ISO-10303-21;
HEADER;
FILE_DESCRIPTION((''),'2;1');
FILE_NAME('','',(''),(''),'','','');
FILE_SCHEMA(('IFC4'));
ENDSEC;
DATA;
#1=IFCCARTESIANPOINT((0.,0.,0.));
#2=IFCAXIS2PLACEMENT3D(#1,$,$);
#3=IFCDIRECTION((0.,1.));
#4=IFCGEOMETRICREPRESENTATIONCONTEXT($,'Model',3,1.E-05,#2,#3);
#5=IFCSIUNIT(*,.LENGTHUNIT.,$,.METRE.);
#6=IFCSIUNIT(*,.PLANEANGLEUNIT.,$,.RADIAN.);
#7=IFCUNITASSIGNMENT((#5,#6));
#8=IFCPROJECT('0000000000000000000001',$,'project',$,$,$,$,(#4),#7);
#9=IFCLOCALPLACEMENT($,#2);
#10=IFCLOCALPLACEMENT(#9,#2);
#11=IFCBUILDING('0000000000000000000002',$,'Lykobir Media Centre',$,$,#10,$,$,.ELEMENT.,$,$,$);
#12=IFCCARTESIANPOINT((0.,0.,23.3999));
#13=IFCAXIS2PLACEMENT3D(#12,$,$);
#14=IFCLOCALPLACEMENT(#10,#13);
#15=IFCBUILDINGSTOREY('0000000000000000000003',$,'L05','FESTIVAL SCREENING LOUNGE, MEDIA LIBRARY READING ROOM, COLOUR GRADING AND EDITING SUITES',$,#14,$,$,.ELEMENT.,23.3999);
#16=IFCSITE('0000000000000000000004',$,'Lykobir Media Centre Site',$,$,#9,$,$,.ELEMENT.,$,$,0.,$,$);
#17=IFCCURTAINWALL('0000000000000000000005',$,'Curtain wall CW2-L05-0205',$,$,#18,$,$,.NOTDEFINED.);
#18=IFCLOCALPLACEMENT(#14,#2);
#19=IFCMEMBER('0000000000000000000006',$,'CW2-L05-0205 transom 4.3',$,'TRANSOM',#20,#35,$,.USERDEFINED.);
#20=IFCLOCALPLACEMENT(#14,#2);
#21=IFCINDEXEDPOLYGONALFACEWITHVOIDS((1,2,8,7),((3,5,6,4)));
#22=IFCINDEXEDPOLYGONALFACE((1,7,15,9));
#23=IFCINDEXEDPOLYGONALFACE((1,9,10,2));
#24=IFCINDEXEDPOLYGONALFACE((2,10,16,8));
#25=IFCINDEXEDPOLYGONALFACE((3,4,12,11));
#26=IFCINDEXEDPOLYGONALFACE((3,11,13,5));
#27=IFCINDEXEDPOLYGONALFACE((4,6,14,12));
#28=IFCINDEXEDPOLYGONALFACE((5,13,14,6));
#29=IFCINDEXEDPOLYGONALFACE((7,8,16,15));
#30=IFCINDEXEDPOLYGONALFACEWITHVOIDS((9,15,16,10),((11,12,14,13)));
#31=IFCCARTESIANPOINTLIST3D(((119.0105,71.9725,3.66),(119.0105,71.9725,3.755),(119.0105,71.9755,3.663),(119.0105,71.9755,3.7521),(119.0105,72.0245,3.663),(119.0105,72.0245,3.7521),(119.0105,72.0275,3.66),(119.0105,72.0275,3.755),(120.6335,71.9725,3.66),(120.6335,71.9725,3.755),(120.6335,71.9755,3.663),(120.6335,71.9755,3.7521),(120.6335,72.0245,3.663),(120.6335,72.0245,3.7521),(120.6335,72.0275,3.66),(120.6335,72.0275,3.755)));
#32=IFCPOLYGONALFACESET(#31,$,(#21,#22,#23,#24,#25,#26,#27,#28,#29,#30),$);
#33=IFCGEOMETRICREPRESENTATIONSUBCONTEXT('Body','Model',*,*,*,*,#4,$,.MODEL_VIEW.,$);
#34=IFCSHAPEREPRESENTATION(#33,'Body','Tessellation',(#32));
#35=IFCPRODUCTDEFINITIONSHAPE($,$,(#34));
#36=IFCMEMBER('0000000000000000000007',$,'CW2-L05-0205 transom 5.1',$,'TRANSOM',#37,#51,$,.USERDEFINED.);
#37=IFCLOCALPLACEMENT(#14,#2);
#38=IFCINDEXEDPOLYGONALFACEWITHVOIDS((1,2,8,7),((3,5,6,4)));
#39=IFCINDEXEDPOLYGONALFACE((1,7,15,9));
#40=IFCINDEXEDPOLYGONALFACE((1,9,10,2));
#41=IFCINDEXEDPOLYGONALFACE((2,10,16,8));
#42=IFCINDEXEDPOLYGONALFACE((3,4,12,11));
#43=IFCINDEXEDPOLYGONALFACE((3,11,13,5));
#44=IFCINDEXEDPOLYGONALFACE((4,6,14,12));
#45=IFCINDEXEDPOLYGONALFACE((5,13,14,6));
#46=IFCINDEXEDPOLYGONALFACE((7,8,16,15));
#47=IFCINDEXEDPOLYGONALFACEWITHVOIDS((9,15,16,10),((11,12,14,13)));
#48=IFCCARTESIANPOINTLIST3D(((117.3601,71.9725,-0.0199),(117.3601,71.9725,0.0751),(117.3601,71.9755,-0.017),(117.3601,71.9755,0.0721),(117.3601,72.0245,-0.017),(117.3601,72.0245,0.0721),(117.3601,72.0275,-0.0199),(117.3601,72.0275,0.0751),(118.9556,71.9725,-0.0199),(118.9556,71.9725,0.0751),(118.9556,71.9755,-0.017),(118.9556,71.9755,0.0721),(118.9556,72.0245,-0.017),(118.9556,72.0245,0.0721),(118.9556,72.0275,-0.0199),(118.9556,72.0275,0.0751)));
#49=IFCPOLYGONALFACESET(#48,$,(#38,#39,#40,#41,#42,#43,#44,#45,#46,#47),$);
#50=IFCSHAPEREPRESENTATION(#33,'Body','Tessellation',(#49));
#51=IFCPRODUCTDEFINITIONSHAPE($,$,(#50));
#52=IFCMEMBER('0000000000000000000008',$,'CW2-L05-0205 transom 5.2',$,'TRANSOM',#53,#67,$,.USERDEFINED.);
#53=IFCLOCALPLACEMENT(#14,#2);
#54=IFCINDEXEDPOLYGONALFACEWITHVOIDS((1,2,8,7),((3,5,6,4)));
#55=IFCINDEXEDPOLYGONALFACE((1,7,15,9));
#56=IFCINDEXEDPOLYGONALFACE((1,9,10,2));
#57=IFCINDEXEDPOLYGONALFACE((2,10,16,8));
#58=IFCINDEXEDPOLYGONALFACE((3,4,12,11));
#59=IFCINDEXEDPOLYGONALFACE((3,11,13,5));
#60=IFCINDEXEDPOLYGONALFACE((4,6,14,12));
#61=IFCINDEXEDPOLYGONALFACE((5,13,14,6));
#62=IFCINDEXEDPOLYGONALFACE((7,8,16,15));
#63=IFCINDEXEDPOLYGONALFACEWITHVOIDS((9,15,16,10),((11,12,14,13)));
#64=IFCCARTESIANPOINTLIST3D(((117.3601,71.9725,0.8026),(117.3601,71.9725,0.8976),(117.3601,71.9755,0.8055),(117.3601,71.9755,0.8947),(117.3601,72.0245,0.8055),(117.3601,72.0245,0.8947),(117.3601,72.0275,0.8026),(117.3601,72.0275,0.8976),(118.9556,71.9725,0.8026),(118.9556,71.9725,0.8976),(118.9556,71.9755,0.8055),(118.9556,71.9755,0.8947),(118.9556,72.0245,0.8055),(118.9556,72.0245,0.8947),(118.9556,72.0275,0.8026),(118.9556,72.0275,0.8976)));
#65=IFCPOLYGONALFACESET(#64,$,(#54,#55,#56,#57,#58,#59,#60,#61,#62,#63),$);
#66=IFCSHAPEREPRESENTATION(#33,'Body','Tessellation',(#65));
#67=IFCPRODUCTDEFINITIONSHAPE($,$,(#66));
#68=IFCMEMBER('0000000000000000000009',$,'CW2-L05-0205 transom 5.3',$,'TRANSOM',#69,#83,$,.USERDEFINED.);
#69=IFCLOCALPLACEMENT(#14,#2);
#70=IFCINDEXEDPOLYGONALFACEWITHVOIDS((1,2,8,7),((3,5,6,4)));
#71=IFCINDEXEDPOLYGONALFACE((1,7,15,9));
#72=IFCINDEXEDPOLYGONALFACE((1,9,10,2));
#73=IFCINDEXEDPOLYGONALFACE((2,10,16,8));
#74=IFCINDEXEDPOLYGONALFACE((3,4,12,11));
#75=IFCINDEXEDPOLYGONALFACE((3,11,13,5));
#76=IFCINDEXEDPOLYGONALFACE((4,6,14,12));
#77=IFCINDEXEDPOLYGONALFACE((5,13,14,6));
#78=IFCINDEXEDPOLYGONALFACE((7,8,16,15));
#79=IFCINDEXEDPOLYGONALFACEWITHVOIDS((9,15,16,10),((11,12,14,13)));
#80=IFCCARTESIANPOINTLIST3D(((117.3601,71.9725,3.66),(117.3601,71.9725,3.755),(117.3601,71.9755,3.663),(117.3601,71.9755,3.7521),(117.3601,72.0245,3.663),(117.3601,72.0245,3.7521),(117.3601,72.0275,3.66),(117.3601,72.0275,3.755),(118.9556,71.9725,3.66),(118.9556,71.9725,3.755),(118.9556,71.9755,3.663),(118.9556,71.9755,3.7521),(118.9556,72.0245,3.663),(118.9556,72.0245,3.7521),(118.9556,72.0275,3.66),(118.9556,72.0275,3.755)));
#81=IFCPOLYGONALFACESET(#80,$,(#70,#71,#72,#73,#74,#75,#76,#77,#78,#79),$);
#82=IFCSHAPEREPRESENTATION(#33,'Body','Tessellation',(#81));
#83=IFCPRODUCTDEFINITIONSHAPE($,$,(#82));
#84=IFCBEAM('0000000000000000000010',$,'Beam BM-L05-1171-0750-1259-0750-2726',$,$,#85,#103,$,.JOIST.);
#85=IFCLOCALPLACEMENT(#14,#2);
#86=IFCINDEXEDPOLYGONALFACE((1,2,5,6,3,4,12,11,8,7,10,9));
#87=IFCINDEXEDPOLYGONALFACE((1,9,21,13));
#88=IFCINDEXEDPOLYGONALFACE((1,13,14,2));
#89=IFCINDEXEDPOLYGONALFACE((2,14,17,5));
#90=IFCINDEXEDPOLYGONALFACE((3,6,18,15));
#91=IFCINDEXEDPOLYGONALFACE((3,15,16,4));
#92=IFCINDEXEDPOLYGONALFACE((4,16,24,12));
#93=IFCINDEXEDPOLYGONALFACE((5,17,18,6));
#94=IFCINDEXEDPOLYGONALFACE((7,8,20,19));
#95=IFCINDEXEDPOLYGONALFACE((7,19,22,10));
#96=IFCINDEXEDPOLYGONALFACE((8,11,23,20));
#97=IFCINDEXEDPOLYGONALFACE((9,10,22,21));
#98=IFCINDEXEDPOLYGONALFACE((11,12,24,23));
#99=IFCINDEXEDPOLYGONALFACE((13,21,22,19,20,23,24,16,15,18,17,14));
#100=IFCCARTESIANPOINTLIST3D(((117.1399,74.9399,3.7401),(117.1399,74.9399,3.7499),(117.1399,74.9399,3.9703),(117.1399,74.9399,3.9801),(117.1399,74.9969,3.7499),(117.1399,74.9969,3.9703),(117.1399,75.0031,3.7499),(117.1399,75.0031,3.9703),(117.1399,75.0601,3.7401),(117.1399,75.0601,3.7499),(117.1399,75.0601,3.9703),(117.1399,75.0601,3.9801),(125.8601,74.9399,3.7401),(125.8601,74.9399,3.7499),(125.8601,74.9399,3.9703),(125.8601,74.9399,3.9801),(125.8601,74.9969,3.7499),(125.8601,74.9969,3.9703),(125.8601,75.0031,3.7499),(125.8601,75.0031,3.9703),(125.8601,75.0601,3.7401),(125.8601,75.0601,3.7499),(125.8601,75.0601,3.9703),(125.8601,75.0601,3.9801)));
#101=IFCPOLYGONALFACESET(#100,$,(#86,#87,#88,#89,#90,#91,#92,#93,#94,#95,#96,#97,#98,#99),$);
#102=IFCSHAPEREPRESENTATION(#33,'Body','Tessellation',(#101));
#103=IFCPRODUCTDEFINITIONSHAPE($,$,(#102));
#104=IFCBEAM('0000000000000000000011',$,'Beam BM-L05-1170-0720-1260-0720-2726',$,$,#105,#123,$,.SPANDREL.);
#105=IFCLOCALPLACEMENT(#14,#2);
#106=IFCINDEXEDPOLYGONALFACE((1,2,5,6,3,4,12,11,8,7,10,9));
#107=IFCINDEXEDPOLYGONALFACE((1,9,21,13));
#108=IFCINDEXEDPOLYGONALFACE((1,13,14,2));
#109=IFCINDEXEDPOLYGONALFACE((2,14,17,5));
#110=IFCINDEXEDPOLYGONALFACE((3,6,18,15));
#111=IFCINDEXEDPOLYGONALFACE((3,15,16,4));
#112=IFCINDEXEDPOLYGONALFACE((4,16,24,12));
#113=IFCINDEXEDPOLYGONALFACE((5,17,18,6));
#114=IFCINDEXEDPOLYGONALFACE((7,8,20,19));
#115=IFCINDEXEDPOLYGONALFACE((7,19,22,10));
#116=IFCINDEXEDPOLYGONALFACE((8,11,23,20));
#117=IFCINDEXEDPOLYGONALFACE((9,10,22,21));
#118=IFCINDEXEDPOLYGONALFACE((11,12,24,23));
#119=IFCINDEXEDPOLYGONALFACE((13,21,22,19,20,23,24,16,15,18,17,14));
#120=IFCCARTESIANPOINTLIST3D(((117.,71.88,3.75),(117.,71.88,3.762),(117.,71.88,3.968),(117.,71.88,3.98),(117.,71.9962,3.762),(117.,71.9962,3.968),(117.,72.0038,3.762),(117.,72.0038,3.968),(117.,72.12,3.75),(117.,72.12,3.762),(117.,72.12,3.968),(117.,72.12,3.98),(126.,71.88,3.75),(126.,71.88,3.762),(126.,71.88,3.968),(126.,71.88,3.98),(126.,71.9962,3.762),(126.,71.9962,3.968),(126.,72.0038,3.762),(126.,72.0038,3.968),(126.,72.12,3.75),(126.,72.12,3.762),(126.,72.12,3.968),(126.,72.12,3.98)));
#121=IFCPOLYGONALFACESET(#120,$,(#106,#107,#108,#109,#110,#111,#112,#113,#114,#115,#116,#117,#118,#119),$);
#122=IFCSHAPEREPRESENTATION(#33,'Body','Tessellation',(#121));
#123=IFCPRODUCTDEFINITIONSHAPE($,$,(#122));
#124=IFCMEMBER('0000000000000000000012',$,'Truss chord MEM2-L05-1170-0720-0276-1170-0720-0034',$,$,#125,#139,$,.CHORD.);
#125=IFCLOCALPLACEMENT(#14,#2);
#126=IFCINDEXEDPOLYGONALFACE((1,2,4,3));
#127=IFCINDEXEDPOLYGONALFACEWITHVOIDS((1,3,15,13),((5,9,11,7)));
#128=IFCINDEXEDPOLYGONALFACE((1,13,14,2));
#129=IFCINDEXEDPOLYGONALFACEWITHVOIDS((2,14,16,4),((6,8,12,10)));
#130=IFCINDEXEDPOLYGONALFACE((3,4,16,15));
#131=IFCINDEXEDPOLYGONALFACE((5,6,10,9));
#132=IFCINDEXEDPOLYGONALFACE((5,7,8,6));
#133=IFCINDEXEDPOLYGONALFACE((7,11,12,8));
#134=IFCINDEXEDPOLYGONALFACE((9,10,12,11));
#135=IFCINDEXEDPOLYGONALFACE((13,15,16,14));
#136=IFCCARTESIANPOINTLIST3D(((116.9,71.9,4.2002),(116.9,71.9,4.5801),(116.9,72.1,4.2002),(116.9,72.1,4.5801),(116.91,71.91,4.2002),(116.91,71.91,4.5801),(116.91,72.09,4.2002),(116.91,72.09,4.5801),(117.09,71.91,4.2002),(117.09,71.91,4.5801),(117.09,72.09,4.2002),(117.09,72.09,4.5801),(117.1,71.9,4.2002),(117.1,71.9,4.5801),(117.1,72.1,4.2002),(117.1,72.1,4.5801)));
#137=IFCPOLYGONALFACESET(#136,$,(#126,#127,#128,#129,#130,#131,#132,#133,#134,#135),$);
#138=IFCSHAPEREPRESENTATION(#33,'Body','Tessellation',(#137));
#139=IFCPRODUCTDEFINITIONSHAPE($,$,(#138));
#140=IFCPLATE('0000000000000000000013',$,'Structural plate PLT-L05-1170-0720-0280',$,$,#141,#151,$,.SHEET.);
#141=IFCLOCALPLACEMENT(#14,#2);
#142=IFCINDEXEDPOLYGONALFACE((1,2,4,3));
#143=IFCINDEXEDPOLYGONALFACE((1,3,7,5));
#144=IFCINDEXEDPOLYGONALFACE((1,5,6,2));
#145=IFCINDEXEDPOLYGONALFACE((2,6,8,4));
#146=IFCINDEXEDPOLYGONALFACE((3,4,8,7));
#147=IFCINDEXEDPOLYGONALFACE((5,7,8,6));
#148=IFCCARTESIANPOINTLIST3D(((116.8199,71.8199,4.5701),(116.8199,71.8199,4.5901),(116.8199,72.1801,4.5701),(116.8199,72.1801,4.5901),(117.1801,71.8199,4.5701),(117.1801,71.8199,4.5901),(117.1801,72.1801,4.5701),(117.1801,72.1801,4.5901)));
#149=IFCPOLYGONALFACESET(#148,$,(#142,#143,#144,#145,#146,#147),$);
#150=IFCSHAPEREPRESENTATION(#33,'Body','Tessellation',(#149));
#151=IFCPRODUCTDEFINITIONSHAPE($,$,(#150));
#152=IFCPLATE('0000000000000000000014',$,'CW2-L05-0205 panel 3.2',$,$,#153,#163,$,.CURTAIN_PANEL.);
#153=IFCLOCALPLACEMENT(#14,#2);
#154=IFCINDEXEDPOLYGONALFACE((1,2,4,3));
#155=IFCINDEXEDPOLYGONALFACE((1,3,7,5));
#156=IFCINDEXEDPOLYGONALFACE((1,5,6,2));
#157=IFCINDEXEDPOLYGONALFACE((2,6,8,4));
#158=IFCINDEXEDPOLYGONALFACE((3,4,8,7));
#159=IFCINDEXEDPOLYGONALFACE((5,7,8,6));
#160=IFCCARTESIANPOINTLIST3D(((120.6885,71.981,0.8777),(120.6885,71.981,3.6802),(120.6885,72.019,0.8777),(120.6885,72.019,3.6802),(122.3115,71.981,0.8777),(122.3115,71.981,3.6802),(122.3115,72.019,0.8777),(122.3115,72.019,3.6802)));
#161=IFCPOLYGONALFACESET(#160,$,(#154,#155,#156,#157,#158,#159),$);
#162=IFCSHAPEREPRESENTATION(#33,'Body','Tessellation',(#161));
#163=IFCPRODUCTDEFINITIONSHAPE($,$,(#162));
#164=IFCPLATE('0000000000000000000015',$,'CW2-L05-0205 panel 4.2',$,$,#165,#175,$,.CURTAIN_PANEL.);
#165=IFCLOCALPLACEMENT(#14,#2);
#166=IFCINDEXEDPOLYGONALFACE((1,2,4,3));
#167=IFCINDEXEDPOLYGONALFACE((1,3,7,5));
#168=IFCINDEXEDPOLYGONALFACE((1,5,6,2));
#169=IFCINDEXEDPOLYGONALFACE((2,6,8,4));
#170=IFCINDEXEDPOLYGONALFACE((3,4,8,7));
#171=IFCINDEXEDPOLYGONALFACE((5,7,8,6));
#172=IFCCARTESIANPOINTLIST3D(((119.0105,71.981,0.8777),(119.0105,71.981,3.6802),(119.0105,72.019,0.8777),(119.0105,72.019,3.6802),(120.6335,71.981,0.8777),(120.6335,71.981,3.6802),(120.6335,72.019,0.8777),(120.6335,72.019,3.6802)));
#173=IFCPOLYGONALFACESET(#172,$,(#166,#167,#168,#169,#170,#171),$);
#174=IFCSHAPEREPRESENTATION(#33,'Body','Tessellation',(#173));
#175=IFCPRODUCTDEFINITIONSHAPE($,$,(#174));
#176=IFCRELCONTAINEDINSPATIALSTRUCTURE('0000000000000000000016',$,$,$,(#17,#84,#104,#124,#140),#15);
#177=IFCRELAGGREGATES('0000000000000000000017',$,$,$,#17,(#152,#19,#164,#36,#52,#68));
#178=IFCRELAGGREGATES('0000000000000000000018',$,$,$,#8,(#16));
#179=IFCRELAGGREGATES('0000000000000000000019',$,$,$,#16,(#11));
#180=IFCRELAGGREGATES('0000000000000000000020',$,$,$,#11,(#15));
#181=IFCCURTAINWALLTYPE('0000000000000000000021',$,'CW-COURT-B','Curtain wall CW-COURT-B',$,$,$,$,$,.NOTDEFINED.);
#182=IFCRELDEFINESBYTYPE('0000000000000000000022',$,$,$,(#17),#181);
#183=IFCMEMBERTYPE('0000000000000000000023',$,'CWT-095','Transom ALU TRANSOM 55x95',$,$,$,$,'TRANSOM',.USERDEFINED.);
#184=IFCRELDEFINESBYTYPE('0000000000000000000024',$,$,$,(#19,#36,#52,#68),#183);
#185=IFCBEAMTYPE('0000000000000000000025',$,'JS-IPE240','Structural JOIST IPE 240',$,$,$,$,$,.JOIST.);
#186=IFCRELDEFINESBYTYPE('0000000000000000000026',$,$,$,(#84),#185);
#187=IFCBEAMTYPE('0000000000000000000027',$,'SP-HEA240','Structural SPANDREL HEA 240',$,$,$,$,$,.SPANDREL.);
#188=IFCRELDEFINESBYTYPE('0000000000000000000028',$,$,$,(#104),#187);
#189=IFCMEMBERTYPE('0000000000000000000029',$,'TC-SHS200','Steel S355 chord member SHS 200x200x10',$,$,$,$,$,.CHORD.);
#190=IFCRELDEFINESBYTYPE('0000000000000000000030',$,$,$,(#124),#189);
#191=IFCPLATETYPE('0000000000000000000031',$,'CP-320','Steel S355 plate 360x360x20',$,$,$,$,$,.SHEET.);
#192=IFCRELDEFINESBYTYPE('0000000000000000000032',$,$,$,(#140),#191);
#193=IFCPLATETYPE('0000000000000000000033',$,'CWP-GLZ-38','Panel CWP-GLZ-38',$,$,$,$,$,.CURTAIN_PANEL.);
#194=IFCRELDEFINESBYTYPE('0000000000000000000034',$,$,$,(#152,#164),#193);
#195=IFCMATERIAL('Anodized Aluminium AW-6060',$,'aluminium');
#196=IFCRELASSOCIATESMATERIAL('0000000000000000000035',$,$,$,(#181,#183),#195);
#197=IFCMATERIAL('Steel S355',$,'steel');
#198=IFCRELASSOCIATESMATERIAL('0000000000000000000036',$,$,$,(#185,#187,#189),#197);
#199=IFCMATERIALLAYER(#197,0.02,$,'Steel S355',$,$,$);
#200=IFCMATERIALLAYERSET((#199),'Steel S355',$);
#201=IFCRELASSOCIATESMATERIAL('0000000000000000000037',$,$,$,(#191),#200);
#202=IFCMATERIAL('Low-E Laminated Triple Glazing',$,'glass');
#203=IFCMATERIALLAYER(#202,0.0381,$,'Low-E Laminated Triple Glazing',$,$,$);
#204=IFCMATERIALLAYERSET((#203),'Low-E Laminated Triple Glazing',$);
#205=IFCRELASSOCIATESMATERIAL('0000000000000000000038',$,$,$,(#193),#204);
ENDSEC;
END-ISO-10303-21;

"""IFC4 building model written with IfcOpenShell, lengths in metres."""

from ifc_helpers import new_model, si_unit, direction, frame, origin, origin_2d, place, context, subcontext, project, spatial, rectangle, hollow_rectangle, i_section, extrude, material, layer, layer_set, material_profile, profile_set, type_object, element, aggregate, save


model = new_model("IFC4")

# Units and contexts
model_context = context("Model", 3, precision=1e-05, world=origin(), true_north=direction((0.0, 1.0)))
body_context = subcontext(model_context, "Body", "Model", "MODEL_VIEW")
ifc_project = project(units=[si_unit("LENGTHUNIT", "METRE"), si_unit("PLANEANGLEUNIT", "RADIAN")], contexts=[model_context])

# Site, building, storey
site_placement = place(None, origin())
site = spatial("IfcSite", under=ifc_project, at=site_placement, Name="Lykobir Media Centre Site", CompositionType="ELEMENT", RefElevation=0.0)
building_placement = place(site_placement, origin())
building = spatial("IfcBuilding", under=site, at=building_placement, Name="Lykobir Media Centre", CompositionType="ELEMENT")
storey_placement = place(building_placement, frame((0.0, 0.0, 23.3999)))
storey = spatial("IfcBuildingStorey", under=building, at=storey_placement, Name="L05", Description="FESTIVAL SCREENING LOUNGE, MEDIA LIBRARY READING ROOM, COLOUR GRADING AND EDITING SUITES", CompositionType="ELEMENT", Elevation=23.3999)

# Shared definitions
ifc_material_1 = material(Name="Steel S355", Category="steel")

# Curtain wall, members
ifc_material_2 = material(Name="Anodized Aluminium AW-6060", Category="aluminium")
curtain_wall_type = type_object("IfcCurtainWallType", Name="CW-COURT-B", Description="Curtain wall CW-COURT-B", PredefinedType="NOTDEFINED", material=ifc_material_2)
curtain_wall_placement = place(storey_placement, origin())
curtain_wall = element("IfcCurtainWall", 1, at=curtain_wall_placement, inside=storey, type_object=curtain_wall_type, Name="Curtain wall CW2-L05-0205", PredefinedType="NOTDEFINED")
ifc_material_profile_1 = material_profile(ifc_material_2, hollow_rectangle(XDim=0.0549, YDim=0.095, WallThickness=0.0029, at=origin_2d()), Name="ALU TRANSOM 55x95")
ifc_profile_set_1 = profile_set([ifc_material_profile_1], Name="Anodized Aluminium AW-6060")
member_type_1 = type_object("IfcMemberType", Name="CWT-095", Description="Transom ALU TRANSOM 55x95", ElementType="TRANSOM", PredefinedType="USERDEFINED", material=ifc_profile_set_1)
member_1_placement = place(storey_placement, frame((120.6335, 72.0, 3.7075), z_axis=(-1.0, 0.0, 0.0), x_axis=(0.0, -1.0, 0.0)))
member_1 = element("IfcMember", 2, at=member_1_placement, type_object=member_type_1, Name="CW2-L05-0205 transom 4.3", ObjectType="TRANSOM", PredefinedType="USERDEFINED", context=body_context, shape_type="SweptSolid", body=[
    extrude(hollow_rectangle(XDim=0.0549, YDim=0.095, WallThickness=0.0029, at=origin_2d()), origin(), (0.0, 0.0, 1.0), 1.623),
])
member_2_placement = place(storey_placement, frame((118.9556, 72.0, 0.0276), z_axis=(-1.0, 0.0, 0.0), x_axis=(0.0, -1.0, 0.0)))
member_2 = element("IfcMember", 3, at=member_2_placement, type_object=member_type_1, Name="CW2-L05-0205 transom 5.1", ObjectType="TRANSOM", PredefinedType="USERDEFINED", context=body_context, shape_type="SweptSolid", body=[
    extrude(hollow_rectangle(XDim=0.0549, YDim=0.095, WallThickness=0.0029, at=origin_2d()), origin(), (0.0, 0.0, 1.0), 1.5955),
])
member_3_placement = place(storey_placement, frame((118.9556, 72.0, 0.8501), z_axis=(-1.0, 0.0, 0.0), x_axis=(0.0, -1.0, 0.0)))
member_3 = element("IfcMember", 4, at=member_3_placement, type_object=member_type_1, Name="CW2-L05-0205 transom 5.2", ObjectType="TRANSOM", PredefinedType="USERDEFINED", context=body_context, shape_type="SweptSolid", body=[
    extrude(hollow_rectangle(XDim=0.0549, YDim=0.095, WallThickness=0.0029, at=origin_2d()), origin(), (0.0, 0.0, 1.0), 1.5955),
])
member_4_placement = place(storey_placement, frame((118.9556, 72.0, 3.7075), z_axis=(-1.0, 0.0, 0.0), x_axis=(0.0, -1.0, 0.0)))
member_4 = element("IfcMember", 5, at=member_4_placement, type_object=member_type_1, Name="CW2-L05-0205 transom 5.3", ObjectType="TRANSOM", PredefinedType="USERDEFINED", context=body_context, shape_type="SweptSolid", body=[
    extrude(hollow_rectangle(XDim=0.0549, YDim=0.095, WallThickness=0.0029, at=origin_2d()), origin(), (0.0, 0.0, 1.0), 1.5955),
])

# Beams
ifc_material_profile_2 = material_profile(ifc_material_1, i_section(OverallWidth=0.1201, OverallDepth=0.24, WebThickness=0.0061, FlangeThickness=0.0098, at=origin_2d()), Name="IPE 240")
ifc_profile_set_2 = profile_set([ifc_material_profile_2], Name="Steel S355")
beam_type_1 = type_object("IfcBeamType", Name="JS-IPE240", Description="Structural JOIST IPE 240", PredefinedType="JOIST", material=ifc_profile_set_2)
beam_1_placement = place(storey_placement, frame((117.1399, 75.0, 3.8601), z_axis=(1.0, 0.0, 0.0), x_axis=(0.0, 1.0, 0.0)))
element("IfcBeam", 6, at=beam_1_placement, inside=storey, type_object=beam_type_1, Name="Beam BM-L05-1171-0750-1259-0750-2726", PredefinedType="JOIST", context=body_context, shape_type="SweptSolid", body=[
    extrude(i_section(OverallWidth=0.1201, OverallDepth=0.24, WebThickness=0.0061, FlangeThickness=0.0098, at=origin_2d()), origin(), (0.0, 0.0, 1.0), 8.7202),
])
ifc_material_profile_3 = material_profile(ifc_material_1, i_section(OverallWidth=0.24, OverallDepth=0.23, WebThickness=0.0076, FlangeThickness=0.012, at=origin_2d()), Name="HEA 240")
ifc_profile_set_3 = profile_set([ifc_material_profile_3], Name="Steel S355")
beam_type_2 = type_object("IfcBeamType", Name="SP-HEA240", Description="Structural SPANDREL HEA 240", PredefinedType="SPANDREL", material=ifc_profile_set_3)
beam_2_placement = place(storey_placement, frame((117.0, 72.0, 3.865), z_axis=(1.0, 0.0, 0.0), x_axis=(0.0, 1.0, 0.0)))
element("IfcBeam", 7, at=beam_2_placement, inside=storey, type_object=beam_type_2, Name="Beam BM-L05-1170-0720-1260-0720-2726", PredefinedType="SPANDREL", context=body_context, shape_type="SweptSolid", body=[
    extrude(i_section(OverallWidth=0.24, OverallDepth=0.23, WebThickness=0.0076, FlangeThickness=0.012, at=origin_2d()), origin(), (0.0, 0.0, 1.0), 9.0),
])

# Member
ifc_material_profile_4 = material_profile(ifc_material_1, hollow_rectangle(XDim=0.2, YDim=0.2, WallThickness=0.01, at=origin_2d()), Name="SHS 200x200x10")
ifc_profile_set_4 = profile_set([ifc_material_profile_4], Name="Steel S355")
member_type_2 = type_object("IfcMemberType", Name="TC-SHS200", Description="Steel S355 chord member SHS 200x200x10", PredefinedType="CHORD", material=ifc_profile_set_4)
member_5_placement = place(storey_placement, frame((117.0, 72.0, 4.2002), z_axis=(0.0, 0.0, 1.0), x_axis=(1.0, 0.0, 0.0)))
element("IfcMember", 8, at=member_5_placement, inside=storey, type_object=member_type_2, Name="Truss chord MEM2-L05-1170-0720-0276-1170-0720-0034", PredefinedType="CHORD", context=body_context, shape_type="SweptSolid", body=[
    extrude(hollow_rectangle(XDim=0.2, YDim=0.2, WallThickness=0.01, at=origin_2d()), origin(), (0.0, 0.0, 1.0), 0.3799),
])

# Plates
ifc_layer_1 = layer(ifc_material_1, 0.02, Name="Steel S355")
ifc_layer_set_1 = layer_set([ifc_layer_1], Name="Steel S355")
plate_type_1 = type_object("IfcPlateType", Name="CP-320", Description="Steel S355 plate 360x360x20", PredefinedType="SHEET", material=ifc_layer_set_1)
plate_1_placement = place(storey_placement, frame((117.0, 72.0, 4.5701), z_axis=(0.0, 0.0, 1.0), x_axis=(1.0, 0.0, 0.0)))
element("IfcPlate", 9, at=plate_1_placement, inside=storey, type_object=plate_type_1, Name="Structural plate PLT-L05-1170-0720-0280", PredefinedType="SHEET", context=body_context, shape_type="SweptSolid", body=[
    extrude(rectangle(XDim=0.3601, YDim=0.3601, at=origin_2d()), origin(), (0.0, 0.0, 1.0), 0.02),
])
ifc_material_3 = material(Name="Low-E Laminated Triple Glazing", Category="glass")
ifc_layer_2 = layer(ifc_material_3, 0.0381, Name="Low-E Laminated Triple Glazing")
ifc_layer_set_2 = layer_set([ifc_layer_2], Name="Low-E Laminated Triple Glazing")
plate_type_2 = type_object("IfcPlateType", Name="CWP-GLZ-38", Description="Panel CWP-GLZ-38", PredefinedType="CURTAIN_PANEL", material=ifc_layer_set_2)
plate_2_placement = place(storey_placement, frame((121.5, 72.0, 0.8777), z_axis=(0.0, 0.0, 1.0), x_axis=(-1.0, 0.0, 0.0)))
plate_2 = element("IfcPlate", 10, at=plate_2_placement, type_object=plate_type_2, Name="CW2-L05-0205 panel 3.2", PredefinedType="CURTAIN_PANEL", context=body_context, shape_type="SweptSolid", body=[
    extrude(rectangle(XDim=1.623, YDim=0.0381, at=origin_2d()), origin(), (0.0, 0.0, 1.0), 2.8025),
])
plate_3_placement = place(storey_placement, frame((119.822, 72.0, 0.8777), z_axis=(0.0, 0.0, 1.0), x_axis=(-1.0, 0.0, 0.0)))
plate_3 = element("IfcPlate", 11, at=plate_3_placement, type_object=plate_type_2, Name="CW2-L05-0205 panel 4.2", PredefinedType="CURTAIN_PANEL", context=body_context, shape_type="SweptSolid", body=[
    extrude(rectangle(XDim=1.623, YDim=0.0381, at=origin_2d()), origin(), (0.0, 0.0, 1.0), 2.8025),
])
aggregate(curtain_wall, [plate_2, member_1, plate_3, member_2, member_3, member_4])

save(model, "model.ifc")
